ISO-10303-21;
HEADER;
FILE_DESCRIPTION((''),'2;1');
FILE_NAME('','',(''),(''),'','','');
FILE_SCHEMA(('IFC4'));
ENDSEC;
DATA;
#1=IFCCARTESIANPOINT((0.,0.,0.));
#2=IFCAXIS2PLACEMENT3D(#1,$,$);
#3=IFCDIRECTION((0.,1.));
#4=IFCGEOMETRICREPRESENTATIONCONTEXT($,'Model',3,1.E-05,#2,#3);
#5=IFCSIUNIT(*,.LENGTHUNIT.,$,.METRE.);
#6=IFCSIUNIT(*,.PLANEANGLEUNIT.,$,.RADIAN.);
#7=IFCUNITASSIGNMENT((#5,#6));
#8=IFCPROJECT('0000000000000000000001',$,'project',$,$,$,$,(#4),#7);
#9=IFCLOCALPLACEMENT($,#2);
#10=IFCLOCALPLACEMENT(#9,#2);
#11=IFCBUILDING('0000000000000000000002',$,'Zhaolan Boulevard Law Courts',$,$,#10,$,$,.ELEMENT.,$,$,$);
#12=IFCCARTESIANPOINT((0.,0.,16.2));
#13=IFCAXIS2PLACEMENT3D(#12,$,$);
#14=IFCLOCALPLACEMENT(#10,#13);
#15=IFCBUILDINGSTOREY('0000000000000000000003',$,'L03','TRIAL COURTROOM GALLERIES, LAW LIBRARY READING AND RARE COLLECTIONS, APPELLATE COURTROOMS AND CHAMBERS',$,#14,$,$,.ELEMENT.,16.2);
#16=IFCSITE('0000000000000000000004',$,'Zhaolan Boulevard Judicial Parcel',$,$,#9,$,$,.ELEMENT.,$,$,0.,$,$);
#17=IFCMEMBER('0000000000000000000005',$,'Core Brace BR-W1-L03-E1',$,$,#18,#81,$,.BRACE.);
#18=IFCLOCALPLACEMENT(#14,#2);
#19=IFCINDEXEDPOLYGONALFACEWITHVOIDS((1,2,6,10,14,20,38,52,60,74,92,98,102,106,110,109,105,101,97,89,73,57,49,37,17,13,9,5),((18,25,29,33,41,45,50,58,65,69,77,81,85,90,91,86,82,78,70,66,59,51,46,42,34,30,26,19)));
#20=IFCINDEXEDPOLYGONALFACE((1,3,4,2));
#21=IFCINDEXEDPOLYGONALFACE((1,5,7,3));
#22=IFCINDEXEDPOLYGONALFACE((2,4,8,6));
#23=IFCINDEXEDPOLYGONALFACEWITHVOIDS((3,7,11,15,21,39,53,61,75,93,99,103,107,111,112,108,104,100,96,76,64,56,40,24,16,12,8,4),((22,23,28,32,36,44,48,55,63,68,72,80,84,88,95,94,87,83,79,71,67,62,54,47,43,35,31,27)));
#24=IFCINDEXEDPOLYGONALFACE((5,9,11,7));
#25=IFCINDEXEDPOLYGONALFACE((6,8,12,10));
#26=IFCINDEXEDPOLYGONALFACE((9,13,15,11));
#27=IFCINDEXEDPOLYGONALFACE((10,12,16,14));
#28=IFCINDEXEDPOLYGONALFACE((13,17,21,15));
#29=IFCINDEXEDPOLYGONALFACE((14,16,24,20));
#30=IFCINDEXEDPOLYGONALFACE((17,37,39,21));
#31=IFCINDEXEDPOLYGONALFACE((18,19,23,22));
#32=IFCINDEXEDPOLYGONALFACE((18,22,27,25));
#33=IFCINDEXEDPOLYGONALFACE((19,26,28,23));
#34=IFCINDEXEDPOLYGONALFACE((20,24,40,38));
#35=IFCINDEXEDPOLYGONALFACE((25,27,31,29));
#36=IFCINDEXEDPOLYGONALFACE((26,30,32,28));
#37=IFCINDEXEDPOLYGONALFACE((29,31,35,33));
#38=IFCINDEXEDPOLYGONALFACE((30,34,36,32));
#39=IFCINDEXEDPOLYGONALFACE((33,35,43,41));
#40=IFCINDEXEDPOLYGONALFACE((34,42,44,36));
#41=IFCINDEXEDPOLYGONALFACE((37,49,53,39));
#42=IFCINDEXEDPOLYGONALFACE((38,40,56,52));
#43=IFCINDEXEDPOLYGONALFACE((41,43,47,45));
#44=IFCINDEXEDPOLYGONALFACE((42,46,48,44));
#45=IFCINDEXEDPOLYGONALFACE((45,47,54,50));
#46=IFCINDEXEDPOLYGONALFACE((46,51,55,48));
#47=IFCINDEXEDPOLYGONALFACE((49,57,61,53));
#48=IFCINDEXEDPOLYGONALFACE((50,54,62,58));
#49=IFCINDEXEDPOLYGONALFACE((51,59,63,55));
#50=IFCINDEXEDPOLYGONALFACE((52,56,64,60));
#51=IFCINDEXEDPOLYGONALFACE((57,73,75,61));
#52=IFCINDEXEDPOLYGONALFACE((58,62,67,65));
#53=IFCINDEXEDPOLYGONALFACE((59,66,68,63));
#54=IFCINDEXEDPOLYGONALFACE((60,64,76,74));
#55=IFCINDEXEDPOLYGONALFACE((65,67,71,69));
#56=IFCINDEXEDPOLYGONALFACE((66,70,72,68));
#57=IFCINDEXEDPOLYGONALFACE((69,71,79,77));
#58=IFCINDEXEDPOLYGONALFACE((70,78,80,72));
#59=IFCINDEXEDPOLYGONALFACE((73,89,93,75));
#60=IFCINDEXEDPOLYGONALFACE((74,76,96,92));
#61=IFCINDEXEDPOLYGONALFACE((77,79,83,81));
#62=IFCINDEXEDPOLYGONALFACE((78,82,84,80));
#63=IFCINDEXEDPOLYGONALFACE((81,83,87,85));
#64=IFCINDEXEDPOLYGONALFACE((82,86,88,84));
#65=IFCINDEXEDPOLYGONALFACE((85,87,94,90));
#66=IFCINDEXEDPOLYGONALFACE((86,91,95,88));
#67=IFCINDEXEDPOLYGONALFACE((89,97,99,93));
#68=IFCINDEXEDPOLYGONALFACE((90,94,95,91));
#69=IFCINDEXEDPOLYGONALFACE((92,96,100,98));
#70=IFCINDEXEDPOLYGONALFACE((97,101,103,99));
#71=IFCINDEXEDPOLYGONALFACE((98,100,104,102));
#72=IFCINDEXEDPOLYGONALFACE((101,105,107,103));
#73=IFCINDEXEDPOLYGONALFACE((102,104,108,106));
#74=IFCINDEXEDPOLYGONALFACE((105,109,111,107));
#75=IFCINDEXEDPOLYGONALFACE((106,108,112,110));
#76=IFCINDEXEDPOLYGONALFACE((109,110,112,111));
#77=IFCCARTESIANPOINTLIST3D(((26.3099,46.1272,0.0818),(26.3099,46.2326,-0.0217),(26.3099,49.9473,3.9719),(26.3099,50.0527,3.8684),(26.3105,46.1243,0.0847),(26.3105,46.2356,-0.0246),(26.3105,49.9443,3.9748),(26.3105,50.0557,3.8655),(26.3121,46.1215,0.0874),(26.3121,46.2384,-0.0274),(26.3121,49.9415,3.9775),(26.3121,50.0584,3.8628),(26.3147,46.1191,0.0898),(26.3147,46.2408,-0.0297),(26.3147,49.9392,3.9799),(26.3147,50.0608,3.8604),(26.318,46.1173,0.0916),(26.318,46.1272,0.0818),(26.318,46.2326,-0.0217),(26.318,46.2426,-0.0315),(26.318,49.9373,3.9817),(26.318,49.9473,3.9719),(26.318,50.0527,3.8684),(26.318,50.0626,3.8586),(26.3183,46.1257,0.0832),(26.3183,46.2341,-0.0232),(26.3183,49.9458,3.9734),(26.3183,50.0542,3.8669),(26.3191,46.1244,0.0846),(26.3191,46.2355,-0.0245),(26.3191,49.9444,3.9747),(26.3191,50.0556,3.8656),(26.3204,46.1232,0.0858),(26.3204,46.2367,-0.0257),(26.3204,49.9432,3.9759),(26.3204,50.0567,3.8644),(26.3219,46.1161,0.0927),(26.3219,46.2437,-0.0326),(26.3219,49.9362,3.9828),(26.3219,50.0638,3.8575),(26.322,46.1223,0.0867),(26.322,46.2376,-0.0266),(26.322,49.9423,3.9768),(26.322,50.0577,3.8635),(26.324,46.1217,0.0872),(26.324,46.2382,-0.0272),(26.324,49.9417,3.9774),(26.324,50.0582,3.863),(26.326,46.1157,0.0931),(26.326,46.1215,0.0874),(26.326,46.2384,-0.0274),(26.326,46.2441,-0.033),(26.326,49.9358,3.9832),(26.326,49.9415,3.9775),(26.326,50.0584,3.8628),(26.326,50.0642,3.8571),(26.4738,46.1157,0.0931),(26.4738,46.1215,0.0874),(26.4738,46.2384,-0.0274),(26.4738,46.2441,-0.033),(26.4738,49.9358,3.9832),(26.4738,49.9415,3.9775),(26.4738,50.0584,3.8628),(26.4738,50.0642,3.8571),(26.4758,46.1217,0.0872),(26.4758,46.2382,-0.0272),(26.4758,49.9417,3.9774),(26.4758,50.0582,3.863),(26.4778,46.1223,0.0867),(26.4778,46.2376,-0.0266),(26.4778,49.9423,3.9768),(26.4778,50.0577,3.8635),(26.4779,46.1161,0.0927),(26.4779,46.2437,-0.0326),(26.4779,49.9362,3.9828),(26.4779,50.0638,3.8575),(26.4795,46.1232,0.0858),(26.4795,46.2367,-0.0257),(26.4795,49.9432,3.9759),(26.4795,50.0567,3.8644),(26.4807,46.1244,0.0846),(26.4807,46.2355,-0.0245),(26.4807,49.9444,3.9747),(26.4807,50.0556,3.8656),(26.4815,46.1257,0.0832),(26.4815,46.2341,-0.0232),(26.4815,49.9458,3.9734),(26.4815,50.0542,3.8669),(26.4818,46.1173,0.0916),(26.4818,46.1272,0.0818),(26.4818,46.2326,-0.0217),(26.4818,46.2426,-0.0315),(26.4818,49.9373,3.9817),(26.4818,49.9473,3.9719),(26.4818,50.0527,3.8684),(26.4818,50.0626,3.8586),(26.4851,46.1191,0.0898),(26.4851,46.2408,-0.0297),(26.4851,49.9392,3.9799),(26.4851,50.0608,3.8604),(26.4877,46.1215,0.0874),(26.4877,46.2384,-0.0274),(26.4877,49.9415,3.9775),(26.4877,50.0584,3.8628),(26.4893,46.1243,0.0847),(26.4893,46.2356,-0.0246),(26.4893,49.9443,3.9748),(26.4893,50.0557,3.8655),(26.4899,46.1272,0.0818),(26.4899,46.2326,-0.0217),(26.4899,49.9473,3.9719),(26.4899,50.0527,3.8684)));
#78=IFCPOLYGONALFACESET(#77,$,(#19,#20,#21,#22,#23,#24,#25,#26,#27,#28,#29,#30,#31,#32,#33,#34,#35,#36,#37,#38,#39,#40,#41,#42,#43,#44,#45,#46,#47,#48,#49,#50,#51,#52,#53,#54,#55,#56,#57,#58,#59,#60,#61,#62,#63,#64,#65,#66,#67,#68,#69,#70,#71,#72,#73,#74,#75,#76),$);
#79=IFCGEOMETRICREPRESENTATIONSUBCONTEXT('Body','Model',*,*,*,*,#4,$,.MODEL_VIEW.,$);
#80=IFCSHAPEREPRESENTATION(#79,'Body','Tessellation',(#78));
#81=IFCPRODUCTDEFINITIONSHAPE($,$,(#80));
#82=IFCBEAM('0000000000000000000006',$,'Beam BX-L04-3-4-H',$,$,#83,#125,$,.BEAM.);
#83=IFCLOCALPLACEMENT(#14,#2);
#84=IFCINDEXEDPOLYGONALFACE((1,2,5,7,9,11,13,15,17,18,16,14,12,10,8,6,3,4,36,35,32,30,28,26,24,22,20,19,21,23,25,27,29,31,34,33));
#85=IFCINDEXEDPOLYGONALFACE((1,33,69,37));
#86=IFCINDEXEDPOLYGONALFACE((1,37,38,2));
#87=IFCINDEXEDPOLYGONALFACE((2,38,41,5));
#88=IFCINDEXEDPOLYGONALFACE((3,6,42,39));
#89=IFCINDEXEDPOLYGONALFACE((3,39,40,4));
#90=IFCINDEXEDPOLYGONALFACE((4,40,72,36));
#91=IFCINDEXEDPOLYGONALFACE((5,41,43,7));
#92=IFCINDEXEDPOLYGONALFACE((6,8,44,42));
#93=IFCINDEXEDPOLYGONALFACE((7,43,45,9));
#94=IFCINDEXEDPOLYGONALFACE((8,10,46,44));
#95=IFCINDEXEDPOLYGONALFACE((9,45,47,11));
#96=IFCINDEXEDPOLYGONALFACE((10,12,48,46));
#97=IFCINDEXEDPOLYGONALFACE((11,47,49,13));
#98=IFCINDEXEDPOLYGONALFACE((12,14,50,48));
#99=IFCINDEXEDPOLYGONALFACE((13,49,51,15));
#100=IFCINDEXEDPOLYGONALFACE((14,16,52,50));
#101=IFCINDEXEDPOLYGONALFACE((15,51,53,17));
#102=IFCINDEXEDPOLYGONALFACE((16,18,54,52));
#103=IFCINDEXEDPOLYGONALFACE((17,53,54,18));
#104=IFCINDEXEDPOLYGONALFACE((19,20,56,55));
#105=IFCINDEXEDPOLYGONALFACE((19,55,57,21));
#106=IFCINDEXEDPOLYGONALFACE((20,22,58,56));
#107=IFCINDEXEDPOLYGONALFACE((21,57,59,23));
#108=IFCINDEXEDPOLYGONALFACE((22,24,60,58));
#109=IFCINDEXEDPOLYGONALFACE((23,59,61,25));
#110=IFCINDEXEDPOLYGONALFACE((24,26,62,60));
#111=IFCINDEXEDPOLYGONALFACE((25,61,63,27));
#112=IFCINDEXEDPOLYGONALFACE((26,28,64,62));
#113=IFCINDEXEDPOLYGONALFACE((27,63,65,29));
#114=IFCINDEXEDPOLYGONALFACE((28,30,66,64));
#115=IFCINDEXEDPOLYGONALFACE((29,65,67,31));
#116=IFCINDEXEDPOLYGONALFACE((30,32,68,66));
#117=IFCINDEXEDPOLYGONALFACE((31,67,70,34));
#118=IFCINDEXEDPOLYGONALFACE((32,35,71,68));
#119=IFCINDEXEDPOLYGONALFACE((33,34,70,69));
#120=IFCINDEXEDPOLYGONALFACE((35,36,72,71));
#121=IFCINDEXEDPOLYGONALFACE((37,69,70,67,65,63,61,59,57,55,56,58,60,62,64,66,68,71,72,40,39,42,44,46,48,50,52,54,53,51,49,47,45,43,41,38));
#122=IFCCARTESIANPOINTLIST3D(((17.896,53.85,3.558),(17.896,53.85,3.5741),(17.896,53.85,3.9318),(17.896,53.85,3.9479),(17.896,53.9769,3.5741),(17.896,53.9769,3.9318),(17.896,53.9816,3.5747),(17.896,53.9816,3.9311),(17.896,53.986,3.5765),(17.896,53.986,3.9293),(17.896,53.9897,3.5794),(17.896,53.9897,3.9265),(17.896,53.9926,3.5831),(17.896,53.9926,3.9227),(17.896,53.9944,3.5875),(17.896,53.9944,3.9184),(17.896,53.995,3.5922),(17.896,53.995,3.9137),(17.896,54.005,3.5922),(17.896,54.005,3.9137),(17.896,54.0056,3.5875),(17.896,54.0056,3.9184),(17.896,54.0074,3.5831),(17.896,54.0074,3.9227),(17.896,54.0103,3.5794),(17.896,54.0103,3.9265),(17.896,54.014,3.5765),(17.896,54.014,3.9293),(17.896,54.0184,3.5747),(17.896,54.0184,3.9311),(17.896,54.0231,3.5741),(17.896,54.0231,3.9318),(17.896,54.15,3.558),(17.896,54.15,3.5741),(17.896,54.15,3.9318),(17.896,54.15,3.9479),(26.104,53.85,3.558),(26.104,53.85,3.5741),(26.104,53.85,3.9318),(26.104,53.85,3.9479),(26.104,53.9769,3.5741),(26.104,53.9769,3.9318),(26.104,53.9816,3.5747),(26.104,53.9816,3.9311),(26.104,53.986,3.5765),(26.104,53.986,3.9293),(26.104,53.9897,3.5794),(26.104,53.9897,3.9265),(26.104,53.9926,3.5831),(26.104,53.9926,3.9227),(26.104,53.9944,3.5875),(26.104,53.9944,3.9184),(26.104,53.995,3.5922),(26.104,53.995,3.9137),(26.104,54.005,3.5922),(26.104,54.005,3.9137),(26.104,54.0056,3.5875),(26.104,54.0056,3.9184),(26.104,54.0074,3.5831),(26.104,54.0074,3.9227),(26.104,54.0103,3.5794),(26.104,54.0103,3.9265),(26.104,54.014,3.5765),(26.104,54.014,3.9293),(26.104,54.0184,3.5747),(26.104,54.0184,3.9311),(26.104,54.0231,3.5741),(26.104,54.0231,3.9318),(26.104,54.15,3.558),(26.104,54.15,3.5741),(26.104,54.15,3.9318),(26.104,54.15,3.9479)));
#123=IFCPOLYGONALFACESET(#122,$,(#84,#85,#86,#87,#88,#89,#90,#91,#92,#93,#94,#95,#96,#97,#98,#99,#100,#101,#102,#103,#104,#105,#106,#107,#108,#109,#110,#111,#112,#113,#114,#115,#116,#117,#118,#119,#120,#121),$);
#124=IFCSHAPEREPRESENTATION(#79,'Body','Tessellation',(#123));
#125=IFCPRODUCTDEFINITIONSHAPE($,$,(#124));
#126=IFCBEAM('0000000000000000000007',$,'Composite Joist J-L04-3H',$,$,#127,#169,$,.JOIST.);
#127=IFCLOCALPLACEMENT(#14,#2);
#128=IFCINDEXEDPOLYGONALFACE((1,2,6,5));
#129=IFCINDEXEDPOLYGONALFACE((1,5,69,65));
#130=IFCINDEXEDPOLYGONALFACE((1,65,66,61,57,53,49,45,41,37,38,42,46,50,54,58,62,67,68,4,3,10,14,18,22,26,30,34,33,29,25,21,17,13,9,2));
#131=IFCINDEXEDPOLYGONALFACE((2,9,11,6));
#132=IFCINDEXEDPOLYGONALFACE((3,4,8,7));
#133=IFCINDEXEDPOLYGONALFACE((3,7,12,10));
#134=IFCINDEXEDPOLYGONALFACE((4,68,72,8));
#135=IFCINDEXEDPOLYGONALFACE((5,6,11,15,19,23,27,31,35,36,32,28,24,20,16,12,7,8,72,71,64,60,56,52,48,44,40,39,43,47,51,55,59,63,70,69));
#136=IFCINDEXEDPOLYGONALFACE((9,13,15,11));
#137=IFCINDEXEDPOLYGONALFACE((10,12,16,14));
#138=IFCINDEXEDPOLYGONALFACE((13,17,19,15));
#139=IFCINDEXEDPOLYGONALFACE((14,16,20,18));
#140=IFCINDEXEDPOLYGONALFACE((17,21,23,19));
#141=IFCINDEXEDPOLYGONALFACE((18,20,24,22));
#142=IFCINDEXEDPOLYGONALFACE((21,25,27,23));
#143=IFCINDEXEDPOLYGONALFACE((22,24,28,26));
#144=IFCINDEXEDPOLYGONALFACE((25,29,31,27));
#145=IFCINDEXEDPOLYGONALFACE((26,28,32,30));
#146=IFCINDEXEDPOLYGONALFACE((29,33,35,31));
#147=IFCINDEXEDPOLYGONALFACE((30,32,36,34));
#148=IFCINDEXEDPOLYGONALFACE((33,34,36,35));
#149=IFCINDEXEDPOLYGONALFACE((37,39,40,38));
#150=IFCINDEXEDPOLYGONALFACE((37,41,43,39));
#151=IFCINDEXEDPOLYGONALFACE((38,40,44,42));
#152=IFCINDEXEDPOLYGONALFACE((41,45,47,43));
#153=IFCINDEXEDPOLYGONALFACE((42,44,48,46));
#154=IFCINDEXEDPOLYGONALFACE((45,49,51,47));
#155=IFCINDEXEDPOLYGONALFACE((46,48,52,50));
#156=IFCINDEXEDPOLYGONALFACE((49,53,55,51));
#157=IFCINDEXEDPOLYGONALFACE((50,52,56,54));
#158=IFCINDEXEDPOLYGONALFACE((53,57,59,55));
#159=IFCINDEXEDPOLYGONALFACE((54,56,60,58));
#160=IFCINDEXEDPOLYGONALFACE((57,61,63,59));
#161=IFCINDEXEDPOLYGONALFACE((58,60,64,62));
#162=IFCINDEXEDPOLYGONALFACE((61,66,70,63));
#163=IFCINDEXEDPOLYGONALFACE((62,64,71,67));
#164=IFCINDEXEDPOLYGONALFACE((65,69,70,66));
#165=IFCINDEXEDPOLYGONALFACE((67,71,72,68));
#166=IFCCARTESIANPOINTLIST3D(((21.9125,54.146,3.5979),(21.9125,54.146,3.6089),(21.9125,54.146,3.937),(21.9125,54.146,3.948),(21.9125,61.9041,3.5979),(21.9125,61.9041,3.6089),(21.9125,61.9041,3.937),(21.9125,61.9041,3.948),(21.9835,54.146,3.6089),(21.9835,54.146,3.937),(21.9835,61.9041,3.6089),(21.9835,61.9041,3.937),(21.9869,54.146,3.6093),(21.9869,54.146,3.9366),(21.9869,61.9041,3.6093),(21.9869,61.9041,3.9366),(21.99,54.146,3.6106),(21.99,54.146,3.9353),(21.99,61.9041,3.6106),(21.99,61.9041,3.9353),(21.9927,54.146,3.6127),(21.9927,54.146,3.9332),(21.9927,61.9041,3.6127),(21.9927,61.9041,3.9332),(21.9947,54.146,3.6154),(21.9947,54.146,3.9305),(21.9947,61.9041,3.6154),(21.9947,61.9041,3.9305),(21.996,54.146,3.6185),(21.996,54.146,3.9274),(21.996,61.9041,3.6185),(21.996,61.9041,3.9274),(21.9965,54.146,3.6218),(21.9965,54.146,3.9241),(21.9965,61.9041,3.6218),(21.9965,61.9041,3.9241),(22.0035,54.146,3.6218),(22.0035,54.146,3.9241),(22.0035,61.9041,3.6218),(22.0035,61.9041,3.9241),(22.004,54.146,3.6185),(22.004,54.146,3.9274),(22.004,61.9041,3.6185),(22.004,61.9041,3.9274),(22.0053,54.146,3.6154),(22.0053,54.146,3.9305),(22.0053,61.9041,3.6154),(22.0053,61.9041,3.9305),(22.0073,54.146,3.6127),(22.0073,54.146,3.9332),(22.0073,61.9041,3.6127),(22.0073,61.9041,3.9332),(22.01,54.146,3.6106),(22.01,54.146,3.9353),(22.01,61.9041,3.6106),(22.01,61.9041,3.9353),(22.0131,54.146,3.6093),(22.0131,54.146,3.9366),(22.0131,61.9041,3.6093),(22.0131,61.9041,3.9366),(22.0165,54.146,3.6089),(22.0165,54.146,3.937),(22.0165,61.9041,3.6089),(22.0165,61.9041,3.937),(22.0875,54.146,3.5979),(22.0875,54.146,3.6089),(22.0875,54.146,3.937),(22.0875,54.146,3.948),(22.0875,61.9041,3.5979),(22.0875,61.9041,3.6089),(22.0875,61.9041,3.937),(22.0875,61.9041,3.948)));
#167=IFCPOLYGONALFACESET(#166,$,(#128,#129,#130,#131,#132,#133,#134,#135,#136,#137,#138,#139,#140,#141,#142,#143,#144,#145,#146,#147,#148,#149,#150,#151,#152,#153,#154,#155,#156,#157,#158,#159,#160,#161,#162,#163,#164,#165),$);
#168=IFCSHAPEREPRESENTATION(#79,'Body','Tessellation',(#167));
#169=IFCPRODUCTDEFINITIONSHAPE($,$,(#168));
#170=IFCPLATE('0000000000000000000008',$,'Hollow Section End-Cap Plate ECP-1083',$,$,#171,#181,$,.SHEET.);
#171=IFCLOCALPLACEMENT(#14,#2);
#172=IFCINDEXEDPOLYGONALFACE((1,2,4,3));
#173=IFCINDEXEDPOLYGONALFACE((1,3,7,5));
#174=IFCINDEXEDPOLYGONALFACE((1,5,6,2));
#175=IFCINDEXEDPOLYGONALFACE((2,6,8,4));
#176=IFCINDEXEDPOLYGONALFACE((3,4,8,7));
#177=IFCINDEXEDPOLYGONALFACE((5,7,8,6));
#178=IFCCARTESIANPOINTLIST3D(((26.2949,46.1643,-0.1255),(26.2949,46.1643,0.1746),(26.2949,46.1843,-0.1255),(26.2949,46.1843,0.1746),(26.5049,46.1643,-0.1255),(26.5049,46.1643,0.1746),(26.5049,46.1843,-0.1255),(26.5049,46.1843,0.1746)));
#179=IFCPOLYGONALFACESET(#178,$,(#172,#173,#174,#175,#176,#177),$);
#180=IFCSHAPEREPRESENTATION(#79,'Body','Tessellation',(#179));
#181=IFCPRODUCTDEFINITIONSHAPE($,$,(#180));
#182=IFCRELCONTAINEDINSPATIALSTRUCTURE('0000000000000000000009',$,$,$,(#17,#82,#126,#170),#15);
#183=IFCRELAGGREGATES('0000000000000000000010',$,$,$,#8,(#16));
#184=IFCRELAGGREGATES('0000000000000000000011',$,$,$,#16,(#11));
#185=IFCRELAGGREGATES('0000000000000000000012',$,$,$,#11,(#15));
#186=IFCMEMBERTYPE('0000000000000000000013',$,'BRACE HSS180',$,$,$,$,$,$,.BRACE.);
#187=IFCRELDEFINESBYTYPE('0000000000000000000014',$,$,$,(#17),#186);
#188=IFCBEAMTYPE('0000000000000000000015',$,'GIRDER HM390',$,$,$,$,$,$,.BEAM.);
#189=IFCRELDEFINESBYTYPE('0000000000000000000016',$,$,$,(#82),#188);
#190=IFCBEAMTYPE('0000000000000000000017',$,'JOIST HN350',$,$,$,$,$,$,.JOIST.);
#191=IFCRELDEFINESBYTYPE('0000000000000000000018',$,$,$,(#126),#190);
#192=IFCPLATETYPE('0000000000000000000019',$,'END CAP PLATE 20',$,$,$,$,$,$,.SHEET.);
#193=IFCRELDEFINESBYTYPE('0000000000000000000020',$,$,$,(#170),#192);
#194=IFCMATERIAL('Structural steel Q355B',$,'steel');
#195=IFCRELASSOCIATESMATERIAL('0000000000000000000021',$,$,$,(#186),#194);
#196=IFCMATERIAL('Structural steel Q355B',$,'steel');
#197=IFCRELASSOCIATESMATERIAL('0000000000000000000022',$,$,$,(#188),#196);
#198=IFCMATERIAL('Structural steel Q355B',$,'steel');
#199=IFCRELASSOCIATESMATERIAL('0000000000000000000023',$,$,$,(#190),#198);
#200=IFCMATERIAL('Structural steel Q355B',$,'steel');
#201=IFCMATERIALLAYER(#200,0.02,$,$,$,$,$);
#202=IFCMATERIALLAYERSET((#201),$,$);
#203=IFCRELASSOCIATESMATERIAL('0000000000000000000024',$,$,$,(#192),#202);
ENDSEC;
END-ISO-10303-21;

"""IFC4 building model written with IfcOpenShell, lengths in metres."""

from ifc_helpers import new_model, si_unit, direction, frame, origin, origin_2d, place, context, subcontext, project, spatial, rectangle, hollow_rectangle, i_section, extrude, material, layer, layer_set, material_profile, profile_set, type_object, element, save


model = new_model("IFC4")

# Units and contexts
model_context = context("Model", 3, precision=1e-05, world=origin(), true_north=direction((0.0, 1.0)))
body_context = subcontext(model_context, "Body", "Model", "MODEL_VIEW")
ifc_project = project(units=[si_unit("LENGTHUNIT", "METRE"), si_unit("PLANEANGLEUNIT", "RADIAN")], contexts=[model_context])

# Site, building, storey
site_placement = place(None, origin())
site = spatial("IfcSite", under=ifc_project, at=site_placement, Name="Zhaolan Boulevard Judicial Parcel", CompositionType="ELEMENT", RefElevation=0.0)
building_placement = place(site_placement, origin())
building = spatial("IfcBuilding", under=site, at=building_placement, Name="Zhaolan Boulevard Law Courts", CompositionType="ELEMENT")
storey_placement = place(building_placement, frame((0.0, 0.0, 16.2)))
storey = spatial("IfcBuildingStorey", under=building, at=storey_placement, Name="L03", Description="TRIAL COURTROOM GALLERIES, LAW LIBRARY READING AND RARE COLLECTIONS, APPELLATE COURTROOMS AND CHAMBERS", CompositionType="ELEMENT", Elevation=16.2)

# Member
ifc_material_1 = material(Name="Structural steel Q355B", Category="steel")
ifc_material_profile_1 = material_profile(ifc_material_1, hollow_rectangle(XDim=0.1799, YDim=0.1799, WallThickness=0.0081, InnerFilletRadius=0.0081, OuterFilletRadius=0.0161, at=origin_2d()), Name="HSS180x180x8")
ifc_profile_set_1 = profile_set([ifc_material_profile_1], Name="Structural steel Q355B")
member_type = type_object("IfcMemberType", Name="BRACE HSS180", PredefinedType="BRACE", material=ifc_profile_set_1)
member_placement = place(storey_placement, frame((26.3999, 46.1799, 0.03), z_axis=(0.0, 0.700652, 0.713503), x_axis=(-1.0, 0.0, 0.0)))
element("IfcMember", 1, at=member_placement, inside=storey, type_object=member_type, Name="Core Brace BR-W1-L03-E1", PredefinedType="BRACE", context=body_context, shape_type="SweptSolid", body=[
    extrude(hollow_rectangle(XDim=0.1799, YDim=0.1799, WallThickness=0.0081, InnerFilletRadius=0.0081, OuterFilletRadius=0.0161, at=origin_2d()), origin(), (0.0, 0.0, 1.0), 5.4521),
])

# Beams
ifc_material_2 = material(Name="Structural steel Q355B", Category="steel")
ifc_material_profile_2 = material_profile(ifc_material_2, i_section(OverallWidth=0.3, OverallDepth=0.3899, WebThickness=0.01, FlangeThickness=0.0161, FilletRadius=0.0181, at=origin_2d()), Name="HM390x300")
ifc_profile_set_2 = profile_set([ifc_material_profile_2], Name="Structural steel Q355B")
beam_type_1 = type_object("IfcBeamType", Name="GIRDER HM390", PredefinedType="BEAM", material=ifc_profile_set_2)
beam_1_placement = place(storey_placement, frame((17.896, 54.0, 3.7529), z_axis=(1.0, 0.0, 0.0), x_axis=(0.0, 1.0, 0.0)))
element("IfcBeam", 2, at=beam_1_placement, inside=storey, type_object=beam_type_1, Name="Beam BX-L04-3-4-H", PredefinedType="BEAM", context=body_context, shape_type="SweptSolid", body=[
    extrude(i_section(OverallWidth=0.3, OverallDepth=0.3899, WebThickness=0.01, FlangeThickness=0.0161, FilletRadius=0.0181, at=origin_2d()), origin(), (0.0, 0.0, 1.0), 8.208),
])
ifc_material_3 = material(Name="Structural steel Q355B", Category="steel")
ifc_material_profile_3 = material_profile(ifc_material_3, i_section(OverallWidth=0.175, OverallDepth=0.3501, WebThickness=0.0071, FlangeThickness=0.011, FilletRadius=0.0129, at=origin_2d()), Name="HN350x175")
ifc_profile_set_3 = profile_set([ifc_material_profile_3], Name="Structural steel Q355B")
beam_type_2 = type_object("IfcBeamType", Name="JOIST HN350", PredefinedType="JOIST", material=ifc_profile_set_3)
beam_2_placement = place(storey_placement, frame((22.0, 54.146, 3.7729), z_axis=(0.0, 1.0, 0.0), x_axis=(-1.0, 0.0, 0.0)))
element("IfcBeam", 3, at=beam_2_placement, inside=storey, type_object=beam_type_2, Name="Composite Joist J-L04-3H", PredefinedType="JOIST", context=body_context, shape_type="SweptSolid", body=[
    extrude(i_section(OverallWidth=0.175, OverallDepth=0.3501, WebThickness=0.0071, FlangeThickness=0.011, FilletRadius=0.0129, at=origin_2d()), origin(), (0.0, 0.0, 1.0), 7.7581),
])

# Plate
ifc_material_4 = material(Name="Structural steel Q355B", Category="steel")
ifc_layer_1 = layer(ifc_material_4, 0.02)
ifc_layer_set_1 = layer_set([ifc_layer_1])
plate_type = type_object("IfcPlateType", Name="END CAP PLATE 20", PredefinedType="SHEET", material=ifc_layer_set_1)
plate_placement = place(storey_placement, frame((26.3999, 46.1743, -0.1255), z_axis=(0.0, 0.0, 1.0), x_axis=(0.0, 1.0, 0.0)))
element("IfcPlate", 4, at=plate_placement, inside=storey, type_object=plate_type, Name="Hollow Section End-Cap Plate ECP-1083", PredefinedType="SHEET", context=body_context, shape_type="SweptSolid", body=[
    extrude(rectangle(XDim=0.02, YDim=0.21, at=origin_2d()), origin(), (0.0, 0.0, 1.0), 0.3),
])

save(model, "model.ifc")
